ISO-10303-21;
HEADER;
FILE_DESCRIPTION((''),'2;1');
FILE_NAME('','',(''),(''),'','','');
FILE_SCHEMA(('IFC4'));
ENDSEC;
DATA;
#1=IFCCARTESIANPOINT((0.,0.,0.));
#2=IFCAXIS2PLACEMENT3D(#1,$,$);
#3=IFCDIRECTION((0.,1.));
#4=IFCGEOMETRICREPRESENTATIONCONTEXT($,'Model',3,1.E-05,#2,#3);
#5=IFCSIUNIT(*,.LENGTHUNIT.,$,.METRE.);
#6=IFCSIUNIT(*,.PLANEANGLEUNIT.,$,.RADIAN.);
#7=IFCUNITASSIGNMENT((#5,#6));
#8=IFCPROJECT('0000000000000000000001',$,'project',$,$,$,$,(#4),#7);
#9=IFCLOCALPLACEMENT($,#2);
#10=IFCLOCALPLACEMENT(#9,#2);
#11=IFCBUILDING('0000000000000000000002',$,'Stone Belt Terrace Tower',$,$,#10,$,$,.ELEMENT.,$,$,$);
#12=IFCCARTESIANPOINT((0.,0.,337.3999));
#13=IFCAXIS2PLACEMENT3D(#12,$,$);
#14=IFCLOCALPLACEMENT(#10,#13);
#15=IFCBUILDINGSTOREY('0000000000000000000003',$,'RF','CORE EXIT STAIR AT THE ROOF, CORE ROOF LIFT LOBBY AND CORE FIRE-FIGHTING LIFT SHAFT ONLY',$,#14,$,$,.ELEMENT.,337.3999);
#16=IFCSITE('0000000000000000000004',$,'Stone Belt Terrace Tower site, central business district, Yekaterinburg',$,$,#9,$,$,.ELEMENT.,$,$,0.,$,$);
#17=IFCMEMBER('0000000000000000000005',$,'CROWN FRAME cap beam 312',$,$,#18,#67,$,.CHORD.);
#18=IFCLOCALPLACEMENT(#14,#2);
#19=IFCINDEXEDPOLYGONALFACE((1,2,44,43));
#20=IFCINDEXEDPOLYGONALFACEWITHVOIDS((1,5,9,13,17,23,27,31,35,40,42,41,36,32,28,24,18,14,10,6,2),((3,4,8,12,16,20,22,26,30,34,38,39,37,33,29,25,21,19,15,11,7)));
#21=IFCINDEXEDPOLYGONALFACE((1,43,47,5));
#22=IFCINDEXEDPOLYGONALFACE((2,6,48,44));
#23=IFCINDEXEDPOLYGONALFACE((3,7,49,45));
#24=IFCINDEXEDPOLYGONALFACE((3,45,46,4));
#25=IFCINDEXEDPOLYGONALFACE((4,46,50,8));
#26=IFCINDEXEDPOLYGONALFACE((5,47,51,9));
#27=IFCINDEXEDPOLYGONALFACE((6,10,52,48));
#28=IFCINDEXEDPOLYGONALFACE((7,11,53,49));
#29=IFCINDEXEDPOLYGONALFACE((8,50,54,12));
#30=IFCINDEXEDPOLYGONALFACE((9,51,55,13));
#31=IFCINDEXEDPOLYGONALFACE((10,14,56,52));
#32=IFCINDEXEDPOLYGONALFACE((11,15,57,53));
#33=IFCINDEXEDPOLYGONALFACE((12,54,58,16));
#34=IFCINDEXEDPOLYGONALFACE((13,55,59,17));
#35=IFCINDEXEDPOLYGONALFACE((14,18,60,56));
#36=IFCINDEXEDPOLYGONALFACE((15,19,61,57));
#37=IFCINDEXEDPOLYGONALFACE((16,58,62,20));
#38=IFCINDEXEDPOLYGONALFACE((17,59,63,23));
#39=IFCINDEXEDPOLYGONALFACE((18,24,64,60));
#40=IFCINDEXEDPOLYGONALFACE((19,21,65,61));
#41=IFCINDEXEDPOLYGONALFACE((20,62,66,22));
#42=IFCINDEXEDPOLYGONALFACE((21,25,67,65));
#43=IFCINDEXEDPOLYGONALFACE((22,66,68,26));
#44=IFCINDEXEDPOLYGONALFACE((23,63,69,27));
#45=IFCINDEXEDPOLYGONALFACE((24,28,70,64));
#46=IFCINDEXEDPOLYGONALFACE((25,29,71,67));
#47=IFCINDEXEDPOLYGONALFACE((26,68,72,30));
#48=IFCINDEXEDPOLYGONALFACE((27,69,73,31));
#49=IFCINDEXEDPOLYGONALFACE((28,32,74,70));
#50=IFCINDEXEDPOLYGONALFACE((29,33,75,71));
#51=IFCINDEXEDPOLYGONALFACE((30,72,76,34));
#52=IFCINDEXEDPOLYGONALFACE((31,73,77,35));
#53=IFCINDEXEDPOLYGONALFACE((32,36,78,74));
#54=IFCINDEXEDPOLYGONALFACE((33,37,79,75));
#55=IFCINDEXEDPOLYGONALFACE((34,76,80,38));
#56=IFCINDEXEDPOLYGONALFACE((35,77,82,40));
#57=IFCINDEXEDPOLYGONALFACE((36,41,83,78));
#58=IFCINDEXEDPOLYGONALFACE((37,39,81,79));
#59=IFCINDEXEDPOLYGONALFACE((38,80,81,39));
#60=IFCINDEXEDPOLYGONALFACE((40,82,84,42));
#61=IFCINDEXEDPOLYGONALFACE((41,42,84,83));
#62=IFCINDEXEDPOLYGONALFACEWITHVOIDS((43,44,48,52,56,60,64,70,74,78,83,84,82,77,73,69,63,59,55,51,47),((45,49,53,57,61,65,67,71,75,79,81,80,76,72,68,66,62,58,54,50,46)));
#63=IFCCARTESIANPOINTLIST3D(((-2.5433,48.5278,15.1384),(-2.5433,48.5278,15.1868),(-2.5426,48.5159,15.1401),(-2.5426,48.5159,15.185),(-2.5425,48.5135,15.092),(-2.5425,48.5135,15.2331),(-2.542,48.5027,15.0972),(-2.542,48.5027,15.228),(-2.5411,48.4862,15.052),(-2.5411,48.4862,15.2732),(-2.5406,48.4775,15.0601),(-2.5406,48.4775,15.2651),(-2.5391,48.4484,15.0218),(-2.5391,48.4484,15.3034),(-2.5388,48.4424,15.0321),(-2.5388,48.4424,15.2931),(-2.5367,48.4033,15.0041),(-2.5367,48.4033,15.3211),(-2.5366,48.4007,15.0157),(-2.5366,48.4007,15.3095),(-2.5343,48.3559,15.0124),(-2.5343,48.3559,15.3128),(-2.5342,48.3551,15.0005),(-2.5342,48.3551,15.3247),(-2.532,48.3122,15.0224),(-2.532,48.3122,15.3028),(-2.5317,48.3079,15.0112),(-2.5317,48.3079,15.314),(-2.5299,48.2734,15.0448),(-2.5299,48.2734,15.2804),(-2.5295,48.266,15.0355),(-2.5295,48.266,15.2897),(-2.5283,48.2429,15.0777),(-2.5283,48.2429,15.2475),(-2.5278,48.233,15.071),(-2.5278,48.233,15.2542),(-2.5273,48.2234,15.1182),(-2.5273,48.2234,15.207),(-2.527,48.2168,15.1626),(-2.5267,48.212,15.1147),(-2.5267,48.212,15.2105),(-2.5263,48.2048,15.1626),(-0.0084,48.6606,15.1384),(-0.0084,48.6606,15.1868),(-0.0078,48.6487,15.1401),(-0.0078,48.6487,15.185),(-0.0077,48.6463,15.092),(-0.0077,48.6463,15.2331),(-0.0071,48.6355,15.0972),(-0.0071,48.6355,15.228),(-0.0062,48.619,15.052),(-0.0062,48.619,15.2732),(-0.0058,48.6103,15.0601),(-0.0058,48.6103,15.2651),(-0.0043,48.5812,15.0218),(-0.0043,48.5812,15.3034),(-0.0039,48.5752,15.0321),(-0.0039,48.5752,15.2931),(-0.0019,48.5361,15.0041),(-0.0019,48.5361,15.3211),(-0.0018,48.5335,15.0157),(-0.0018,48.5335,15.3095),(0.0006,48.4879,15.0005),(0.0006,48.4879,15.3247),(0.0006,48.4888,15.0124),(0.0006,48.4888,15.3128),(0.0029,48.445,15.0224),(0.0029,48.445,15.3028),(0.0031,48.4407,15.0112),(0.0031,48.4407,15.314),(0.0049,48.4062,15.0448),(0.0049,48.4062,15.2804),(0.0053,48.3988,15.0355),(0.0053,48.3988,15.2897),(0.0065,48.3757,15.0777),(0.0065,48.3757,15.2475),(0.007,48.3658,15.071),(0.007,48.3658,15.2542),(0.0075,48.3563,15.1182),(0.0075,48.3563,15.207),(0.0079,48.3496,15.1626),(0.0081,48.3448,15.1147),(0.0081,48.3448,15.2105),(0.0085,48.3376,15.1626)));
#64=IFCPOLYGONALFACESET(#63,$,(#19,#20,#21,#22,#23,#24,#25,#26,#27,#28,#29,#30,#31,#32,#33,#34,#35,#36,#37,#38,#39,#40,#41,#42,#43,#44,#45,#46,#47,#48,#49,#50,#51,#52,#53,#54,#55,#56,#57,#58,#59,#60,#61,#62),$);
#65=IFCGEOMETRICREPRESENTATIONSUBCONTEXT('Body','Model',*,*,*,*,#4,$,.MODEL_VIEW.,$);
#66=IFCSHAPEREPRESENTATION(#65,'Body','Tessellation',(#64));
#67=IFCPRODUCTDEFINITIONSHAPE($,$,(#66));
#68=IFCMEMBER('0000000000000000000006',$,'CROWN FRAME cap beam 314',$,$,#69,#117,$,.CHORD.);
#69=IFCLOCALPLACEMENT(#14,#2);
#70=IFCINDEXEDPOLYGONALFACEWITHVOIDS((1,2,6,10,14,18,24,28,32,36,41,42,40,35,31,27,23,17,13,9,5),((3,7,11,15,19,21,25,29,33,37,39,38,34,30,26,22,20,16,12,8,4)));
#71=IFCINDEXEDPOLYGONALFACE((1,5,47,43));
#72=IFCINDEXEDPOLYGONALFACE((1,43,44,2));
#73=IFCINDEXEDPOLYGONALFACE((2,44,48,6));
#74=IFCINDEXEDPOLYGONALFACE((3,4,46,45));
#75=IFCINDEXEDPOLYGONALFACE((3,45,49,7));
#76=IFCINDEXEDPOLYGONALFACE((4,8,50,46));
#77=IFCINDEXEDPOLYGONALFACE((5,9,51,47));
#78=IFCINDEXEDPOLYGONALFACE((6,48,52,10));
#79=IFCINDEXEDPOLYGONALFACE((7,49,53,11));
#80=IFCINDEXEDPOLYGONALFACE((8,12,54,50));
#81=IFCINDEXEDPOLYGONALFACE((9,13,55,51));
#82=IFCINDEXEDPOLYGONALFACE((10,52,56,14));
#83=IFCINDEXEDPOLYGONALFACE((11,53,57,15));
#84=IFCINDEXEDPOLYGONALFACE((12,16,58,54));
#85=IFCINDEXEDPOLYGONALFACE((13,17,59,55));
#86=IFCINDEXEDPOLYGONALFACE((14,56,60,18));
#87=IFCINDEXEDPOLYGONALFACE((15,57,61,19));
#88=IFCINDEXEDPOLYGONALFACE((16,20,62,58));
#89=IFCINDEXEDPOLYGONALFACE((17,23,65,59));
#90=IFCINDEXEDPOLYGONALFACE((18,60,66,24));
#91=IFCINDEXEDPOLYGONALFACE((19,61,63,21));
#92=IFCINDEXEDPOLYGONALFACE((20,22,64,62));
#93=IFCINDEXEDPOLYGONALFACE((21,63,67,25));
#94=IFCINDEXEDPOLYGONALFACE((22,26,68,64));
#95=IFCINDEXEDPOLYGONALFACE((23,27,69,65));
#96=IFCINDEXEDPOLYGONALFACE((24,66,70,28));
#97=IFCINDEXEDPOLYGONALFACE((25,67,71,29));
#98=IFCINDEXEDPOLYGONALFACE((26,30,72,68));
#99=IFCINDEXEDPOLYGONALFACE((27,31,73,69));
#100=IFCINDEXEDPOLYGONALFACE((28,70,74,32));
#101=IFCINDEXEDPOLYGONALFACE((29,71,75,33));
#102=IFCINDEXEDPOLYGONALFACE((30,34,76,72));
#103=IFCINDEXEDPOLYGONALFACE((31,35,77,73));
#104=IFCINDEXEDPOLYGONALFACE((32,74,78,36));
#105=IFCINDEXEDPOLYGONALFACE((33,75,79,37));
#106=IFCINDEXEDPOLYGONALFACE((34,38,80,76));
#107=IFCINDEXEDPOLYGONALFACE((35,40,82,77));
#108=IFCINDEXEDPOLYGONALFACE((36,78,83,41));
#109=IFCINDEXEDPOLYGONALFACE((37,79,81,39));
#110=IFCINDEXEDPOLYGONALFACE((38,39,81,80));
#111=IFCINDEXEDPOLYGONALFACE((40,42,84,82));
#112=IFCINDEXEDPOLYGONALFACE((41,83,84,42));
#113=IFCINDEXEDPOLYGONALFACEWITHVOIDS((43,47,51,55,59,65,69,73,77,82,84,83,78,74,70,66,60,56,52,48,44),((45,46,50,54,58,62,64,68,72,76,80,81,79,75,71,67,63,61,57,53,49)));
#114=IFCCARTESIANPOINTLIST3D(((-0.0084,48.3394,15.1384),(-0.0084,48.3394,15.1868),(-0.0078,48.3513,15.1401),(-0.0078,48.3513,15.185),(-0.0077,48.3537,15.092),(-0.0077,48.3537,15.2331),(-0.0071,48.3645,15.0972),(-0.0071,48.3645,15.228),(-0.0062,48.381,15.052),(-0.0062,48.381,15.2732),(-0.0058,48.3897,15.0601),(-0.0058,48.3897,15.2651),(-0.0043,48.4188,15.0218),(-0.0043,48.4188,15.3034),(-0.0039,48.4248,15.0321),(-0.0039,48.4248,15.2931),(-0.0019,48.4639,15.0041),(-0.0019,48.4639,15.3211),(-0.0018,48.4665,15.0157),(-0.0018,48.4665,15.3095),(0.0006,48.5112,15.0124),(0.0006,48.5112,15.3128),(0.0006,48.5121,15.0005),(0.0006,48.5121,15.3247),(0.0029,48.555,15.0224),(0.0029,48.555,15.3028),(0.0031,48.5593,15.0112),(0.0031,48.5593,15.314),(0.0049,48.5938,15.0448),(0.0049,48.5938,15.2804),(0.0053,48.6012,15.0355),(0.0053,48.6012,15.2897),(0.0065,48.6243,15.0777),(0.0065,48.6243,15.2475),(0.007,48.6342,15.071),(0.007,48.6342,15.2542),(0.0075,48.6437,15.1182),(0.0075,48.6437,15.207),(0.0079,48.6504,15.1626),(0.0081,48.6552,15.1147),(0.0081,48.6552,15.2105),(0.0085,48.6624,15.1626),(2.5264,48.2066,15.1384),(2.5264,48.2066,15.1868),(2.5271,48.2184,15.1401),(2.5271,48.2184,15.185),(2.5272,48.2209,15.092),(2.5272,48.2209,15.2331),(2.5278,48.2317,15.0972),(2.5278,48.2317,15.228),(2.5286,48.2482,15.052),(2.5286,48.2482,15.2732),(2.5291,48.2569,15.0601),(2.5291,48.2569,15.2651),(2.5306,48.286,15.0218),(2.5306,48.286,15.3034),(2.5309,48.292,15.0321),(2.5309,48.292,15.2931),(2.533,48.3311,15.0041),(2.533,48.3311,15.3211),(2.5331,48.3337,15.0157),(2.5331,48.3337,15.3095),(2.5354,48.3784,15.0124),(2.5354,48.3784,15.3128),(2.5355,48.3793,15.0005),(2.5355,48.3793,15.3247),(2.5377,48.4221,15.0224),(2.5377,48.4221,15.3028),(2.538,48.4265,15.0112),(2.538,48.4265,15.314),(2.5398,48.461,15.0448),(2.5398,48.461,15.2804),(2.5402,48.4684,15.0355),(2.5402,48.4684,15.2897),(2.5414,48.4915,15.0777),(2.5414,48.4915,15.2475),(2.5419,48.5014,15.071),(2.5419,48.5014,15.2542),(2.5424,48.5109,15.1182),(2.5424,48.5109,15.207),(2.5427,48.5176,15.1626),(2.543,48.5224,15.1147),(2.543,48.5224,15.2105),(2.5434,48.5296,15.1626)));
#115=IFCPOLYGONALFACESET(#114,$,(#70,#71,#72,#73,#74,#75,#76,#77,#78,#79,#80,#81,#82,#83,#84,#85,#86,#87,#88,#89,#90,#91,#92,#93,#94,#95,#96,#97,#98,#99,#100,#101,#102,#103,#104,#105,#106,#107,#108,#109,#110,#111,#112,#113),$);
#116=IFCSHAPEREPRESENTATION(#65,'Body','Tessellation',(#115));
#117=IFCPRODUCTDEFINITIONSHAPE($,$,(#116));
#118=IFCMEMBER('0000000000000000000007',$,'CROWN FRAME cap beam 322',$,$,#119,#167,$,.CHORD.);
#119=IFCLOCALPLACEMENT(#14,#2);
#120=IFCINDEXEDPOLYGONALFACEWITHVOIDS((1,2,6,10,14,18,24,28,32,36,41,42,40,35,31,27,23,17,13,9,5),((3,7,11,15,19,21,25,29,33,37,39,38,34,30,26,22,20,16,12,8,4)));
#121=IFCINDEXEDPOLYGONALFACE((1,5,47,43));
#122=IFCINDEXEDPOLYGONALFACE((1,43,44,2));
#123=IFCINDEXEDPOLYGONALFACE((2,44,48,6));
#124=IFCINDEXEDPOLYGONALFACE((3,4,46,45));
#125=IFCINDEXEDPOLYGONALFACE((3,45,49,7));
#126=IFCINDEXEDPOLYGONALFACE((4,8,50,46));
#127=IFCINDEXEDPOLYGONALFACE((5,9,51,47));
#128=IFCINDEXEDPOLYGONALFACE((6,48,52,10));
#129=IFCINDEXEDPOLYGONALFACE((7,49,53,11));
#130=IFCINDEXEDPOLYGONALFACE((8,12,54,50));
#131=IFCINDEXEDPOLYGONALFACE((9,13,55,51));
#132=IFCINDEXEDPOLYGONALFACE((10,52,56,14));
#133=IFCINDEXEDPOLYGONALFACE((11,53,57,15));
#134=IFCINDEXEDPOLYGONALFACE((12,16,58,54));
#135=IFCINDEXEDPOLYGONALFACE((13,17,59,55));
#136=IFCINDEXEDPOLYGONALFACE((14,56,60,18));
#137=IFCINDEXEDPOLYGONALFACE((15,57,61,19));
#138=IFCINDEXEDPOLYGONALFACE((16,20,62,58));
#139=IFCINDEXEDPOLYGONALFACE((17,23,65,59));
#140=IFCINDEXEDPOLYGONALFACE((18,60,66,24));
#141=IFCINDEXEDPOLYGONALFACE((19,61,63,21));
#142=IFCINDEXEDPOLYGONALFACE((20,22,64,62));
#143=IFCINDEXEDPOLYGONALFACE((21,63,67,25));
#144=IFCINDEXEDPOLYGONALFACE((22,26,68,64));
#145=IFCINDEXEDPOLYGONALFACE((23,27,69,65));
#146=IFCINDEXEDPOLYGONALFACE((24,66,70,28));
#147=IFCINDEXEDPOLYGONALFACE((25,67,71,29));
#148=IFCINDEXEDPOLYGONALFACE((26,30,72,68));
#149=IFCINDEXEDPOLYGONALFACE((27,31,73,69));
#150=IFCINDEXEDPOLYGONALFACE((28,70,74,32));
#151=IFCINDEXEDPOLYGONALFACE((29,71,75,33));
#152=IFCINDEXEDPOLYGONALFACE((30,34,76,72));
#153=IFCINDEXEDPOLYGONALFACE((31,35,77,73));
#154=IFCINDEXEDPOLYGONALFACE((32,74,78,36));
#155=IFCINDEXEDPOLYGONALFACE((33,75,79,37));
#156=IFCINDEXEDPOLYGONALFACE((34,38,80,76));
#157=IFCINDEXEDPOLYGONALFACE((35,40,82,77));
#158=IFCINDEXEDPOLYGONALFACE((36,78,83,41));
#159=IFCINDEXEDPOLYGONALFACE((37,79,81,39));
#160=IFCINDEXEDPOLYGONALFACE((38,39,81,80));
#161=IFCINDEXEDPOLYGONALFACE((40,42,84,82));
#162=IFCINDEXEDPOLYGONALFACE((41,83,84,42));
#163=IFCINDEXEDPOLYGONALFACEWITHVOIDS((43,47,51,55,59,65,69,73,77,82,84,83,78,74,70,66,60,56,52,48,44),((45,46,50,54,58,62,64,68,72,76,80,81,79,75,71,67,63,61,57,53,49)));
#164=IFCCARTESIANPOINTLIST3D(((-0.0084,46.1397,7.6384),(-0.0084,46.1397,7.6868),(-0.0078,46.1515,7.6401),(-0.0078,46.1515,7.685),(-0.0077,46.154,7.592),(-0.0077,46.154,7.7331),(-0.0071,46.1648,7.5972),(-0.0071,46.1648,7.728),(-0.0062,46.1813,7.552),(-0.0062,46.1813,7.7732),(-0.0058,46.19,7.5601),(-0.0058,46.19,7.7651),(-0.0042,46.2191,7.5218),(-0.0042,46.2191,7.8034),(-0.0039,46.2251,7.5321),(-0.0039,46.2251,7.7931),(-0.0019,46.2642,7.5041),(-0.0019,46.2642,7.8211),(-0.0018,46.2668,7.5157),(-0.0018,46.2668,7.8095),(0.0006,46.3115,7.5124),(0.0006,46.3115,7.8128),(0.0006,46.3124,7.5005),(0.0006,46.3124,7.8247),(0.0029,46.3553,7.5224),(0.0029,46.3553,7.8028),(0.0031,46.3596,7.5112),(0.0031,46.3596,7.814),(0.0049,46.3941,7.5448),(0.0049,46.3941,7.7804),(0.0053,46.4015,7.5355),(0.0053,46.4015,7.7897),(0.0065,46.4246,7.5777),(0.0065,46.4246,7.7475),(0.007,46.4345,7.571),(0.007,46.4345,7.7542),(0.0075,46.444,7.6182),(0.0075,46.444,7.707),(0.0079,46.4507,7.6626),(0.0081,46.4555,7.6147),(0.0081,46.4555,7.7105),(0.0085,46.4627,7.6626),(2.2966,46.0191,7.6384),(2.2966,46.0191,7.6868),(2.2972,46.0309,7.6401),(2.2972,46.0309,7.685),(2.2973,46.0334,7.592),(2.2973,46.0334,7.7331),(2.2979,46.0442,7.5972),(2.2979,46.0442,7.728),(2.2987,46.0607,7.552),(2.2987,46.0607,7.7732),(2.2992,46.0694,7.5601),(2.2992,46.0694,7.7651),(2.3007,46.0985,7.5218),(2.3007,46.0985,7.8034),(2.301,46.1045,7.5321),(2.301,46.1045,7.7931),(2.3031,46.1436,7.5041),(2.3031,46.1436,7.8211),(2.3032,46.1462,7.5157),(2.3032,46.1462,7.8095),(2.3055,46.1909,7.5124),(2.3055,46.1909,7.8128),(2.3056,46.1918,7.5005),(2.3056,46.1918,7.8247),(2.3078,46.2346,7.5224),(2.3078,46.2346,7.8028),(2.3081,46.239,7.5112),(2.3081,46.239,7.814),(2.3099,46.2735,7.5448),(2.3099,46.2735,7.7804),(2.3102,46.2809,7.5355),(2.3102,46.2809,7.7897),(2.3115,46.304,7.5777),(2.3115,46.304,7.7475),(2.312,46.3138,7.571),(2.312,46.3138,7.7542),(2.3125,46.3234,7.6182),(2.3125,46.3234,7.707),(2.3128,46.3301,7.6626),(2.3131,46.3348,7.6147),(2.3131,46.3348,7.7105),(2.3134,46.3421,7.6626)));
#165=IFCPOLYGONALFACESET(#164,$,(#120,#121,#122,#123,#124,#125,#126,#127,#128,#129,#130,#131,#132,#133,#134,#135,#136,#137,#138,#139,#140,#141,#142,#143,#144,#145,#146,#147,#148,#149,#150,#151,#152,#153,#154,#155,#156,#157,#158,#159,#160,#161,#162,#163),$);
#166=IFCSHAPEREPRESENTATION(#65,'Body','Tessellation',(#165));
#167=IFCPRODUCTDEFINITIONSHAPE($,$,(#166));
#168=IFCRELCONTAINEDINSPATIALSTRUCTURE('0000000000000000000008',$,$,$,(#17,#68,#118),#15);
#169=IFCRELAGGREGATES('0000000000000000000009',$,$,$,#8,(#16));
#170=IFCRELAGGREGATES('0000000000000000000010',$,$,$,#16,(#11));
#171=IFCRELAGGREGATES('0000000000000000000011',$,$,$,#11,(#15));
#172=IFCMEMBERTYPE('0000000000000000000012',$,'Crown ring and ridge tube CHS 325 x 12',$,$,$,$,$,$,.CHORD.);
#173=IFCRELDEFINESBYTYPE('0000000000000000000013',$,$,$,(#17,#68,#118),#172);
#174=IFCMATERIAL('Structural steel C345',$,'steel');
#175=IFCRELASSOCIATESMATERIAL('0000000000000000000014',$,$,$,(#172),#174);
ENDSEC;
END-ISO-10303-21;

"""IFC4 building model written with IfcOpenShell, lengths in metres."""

from ifc_helpers import new_model, si_unit, direction, frame, origin, origin_2d, place, context, subcontext, project, spatial, hollow_circle, extrude, material, material_profile, profile_set, type_object, element, save


model = new_model("IFC4")

# Units and contexts
model_context = context("Model", 3, precision=1e-05, world=origin(), true_north=direction((0.0, 1.0)))
body_context = subcontext(model_context, "Body", "Model", "MODEL_VIEW")
ifc_project = project(units=[si_unit("LENGTHUNIT", "METRE"), si_unit("PLANEANGLEUNIT", "RADIAN")], contexts=[model_context])

# Site, building, storey
site_placement = place(None, origin())
site = spatial("IfcSite", under=ifc_project, at=site_placement, Name="Stone Belt Terrace Tower site, central business district, Yekaterinburg", CompositionType="ELEMENT", RefElevation=0.0)
building_placement = place(site_placement, origin())
building = spatial("IfcBuilding", under=site, at=building_placement, Name="Stone Belt Terrace Tower", CompositionType="ELEMENT")
storey_placement = place(building_placement, frame((0.0, 0.0, 337.3999)))
storey = spatial("IfcBuildingStorey", under=building, at=storey_placement, Name="RF", Description="CORE EXIT STAIR AT THE ROOF, CORE ROOF LIFT LOBBY AND CORE FIRE-FIGHTING LIFT SHAFT ONLY", CompositionType="ELEMENT", Elevation=337.3999)

# Members
ifc_material_1 = material(Name="Structural steel C345", Category="steel")
ifc_material_profile_1 = material_profile(ifc_material_1, hollow_circle(Radius=0.1626, WallThickness=0.012, at=origin_2d()), Name="Structural steel C345 CHS 325x12")
ifc_profile_set_1 = profile_set([ifc_material_profile_1], Name="Structural steel C345")
member_type_1 = type_object("IfcMemberType", Name="Crown ring and ridge tube CHS 325 x 12", PredefinedType="CHORD", material=ifc_profile_set_1)
for number, where, z_axis, x_axis, name in (
    (1, (0.0, 48.5, 15.1626), (-0.99863, -0.052322, 0.0), (0.052322, -0.99863, 0.0), "CROWN FRAME cap beam 312"),
    (2, (0.0, 48.5, 15.1626), (0.99863, -0.052322, 0.0), (0.052322, 0.99863, 0.0), "CROWN FRAME cap beam 314"),
):
    element("IfcMember", number, at=place(storey_placement, frame(where, z_axis=z_axis, x_axis=x_axis)), inside=storey, type_object=member_type_1, Name=name, PredefinedType="CHORD", context=body_context, shape_type="SweptSolid", body=[
        extrude(hollow_circle(Radius=0.1626, WallThickness=0.012, at=origin_2d()), origin(), (0.0, 0.0, 1.0), 2.5383),
    ])
member_1_placement = place(storey_placement, frame((0.0, 46.3003, 7.6626), z_axis=(0.998634, -0.052253, 0.0), x_axis=(0.052253, 0.998634, 0.0)))
element("IfcMember", 3, at=member_1_placement, inside=storey, type_object=member_type_1, Name="CROWN FRAME cap beam 322", PredefinedType="CHORD", context=body_context, shape_type="SweptSolid", body=[
    extrude(hollow_circle(Radius=0.1626, WallThickness=0.012, at=origin_2d()), origin(), (0.0, 0.0, 1.0), 2.3081),
])

save(model, "model.ifc")
